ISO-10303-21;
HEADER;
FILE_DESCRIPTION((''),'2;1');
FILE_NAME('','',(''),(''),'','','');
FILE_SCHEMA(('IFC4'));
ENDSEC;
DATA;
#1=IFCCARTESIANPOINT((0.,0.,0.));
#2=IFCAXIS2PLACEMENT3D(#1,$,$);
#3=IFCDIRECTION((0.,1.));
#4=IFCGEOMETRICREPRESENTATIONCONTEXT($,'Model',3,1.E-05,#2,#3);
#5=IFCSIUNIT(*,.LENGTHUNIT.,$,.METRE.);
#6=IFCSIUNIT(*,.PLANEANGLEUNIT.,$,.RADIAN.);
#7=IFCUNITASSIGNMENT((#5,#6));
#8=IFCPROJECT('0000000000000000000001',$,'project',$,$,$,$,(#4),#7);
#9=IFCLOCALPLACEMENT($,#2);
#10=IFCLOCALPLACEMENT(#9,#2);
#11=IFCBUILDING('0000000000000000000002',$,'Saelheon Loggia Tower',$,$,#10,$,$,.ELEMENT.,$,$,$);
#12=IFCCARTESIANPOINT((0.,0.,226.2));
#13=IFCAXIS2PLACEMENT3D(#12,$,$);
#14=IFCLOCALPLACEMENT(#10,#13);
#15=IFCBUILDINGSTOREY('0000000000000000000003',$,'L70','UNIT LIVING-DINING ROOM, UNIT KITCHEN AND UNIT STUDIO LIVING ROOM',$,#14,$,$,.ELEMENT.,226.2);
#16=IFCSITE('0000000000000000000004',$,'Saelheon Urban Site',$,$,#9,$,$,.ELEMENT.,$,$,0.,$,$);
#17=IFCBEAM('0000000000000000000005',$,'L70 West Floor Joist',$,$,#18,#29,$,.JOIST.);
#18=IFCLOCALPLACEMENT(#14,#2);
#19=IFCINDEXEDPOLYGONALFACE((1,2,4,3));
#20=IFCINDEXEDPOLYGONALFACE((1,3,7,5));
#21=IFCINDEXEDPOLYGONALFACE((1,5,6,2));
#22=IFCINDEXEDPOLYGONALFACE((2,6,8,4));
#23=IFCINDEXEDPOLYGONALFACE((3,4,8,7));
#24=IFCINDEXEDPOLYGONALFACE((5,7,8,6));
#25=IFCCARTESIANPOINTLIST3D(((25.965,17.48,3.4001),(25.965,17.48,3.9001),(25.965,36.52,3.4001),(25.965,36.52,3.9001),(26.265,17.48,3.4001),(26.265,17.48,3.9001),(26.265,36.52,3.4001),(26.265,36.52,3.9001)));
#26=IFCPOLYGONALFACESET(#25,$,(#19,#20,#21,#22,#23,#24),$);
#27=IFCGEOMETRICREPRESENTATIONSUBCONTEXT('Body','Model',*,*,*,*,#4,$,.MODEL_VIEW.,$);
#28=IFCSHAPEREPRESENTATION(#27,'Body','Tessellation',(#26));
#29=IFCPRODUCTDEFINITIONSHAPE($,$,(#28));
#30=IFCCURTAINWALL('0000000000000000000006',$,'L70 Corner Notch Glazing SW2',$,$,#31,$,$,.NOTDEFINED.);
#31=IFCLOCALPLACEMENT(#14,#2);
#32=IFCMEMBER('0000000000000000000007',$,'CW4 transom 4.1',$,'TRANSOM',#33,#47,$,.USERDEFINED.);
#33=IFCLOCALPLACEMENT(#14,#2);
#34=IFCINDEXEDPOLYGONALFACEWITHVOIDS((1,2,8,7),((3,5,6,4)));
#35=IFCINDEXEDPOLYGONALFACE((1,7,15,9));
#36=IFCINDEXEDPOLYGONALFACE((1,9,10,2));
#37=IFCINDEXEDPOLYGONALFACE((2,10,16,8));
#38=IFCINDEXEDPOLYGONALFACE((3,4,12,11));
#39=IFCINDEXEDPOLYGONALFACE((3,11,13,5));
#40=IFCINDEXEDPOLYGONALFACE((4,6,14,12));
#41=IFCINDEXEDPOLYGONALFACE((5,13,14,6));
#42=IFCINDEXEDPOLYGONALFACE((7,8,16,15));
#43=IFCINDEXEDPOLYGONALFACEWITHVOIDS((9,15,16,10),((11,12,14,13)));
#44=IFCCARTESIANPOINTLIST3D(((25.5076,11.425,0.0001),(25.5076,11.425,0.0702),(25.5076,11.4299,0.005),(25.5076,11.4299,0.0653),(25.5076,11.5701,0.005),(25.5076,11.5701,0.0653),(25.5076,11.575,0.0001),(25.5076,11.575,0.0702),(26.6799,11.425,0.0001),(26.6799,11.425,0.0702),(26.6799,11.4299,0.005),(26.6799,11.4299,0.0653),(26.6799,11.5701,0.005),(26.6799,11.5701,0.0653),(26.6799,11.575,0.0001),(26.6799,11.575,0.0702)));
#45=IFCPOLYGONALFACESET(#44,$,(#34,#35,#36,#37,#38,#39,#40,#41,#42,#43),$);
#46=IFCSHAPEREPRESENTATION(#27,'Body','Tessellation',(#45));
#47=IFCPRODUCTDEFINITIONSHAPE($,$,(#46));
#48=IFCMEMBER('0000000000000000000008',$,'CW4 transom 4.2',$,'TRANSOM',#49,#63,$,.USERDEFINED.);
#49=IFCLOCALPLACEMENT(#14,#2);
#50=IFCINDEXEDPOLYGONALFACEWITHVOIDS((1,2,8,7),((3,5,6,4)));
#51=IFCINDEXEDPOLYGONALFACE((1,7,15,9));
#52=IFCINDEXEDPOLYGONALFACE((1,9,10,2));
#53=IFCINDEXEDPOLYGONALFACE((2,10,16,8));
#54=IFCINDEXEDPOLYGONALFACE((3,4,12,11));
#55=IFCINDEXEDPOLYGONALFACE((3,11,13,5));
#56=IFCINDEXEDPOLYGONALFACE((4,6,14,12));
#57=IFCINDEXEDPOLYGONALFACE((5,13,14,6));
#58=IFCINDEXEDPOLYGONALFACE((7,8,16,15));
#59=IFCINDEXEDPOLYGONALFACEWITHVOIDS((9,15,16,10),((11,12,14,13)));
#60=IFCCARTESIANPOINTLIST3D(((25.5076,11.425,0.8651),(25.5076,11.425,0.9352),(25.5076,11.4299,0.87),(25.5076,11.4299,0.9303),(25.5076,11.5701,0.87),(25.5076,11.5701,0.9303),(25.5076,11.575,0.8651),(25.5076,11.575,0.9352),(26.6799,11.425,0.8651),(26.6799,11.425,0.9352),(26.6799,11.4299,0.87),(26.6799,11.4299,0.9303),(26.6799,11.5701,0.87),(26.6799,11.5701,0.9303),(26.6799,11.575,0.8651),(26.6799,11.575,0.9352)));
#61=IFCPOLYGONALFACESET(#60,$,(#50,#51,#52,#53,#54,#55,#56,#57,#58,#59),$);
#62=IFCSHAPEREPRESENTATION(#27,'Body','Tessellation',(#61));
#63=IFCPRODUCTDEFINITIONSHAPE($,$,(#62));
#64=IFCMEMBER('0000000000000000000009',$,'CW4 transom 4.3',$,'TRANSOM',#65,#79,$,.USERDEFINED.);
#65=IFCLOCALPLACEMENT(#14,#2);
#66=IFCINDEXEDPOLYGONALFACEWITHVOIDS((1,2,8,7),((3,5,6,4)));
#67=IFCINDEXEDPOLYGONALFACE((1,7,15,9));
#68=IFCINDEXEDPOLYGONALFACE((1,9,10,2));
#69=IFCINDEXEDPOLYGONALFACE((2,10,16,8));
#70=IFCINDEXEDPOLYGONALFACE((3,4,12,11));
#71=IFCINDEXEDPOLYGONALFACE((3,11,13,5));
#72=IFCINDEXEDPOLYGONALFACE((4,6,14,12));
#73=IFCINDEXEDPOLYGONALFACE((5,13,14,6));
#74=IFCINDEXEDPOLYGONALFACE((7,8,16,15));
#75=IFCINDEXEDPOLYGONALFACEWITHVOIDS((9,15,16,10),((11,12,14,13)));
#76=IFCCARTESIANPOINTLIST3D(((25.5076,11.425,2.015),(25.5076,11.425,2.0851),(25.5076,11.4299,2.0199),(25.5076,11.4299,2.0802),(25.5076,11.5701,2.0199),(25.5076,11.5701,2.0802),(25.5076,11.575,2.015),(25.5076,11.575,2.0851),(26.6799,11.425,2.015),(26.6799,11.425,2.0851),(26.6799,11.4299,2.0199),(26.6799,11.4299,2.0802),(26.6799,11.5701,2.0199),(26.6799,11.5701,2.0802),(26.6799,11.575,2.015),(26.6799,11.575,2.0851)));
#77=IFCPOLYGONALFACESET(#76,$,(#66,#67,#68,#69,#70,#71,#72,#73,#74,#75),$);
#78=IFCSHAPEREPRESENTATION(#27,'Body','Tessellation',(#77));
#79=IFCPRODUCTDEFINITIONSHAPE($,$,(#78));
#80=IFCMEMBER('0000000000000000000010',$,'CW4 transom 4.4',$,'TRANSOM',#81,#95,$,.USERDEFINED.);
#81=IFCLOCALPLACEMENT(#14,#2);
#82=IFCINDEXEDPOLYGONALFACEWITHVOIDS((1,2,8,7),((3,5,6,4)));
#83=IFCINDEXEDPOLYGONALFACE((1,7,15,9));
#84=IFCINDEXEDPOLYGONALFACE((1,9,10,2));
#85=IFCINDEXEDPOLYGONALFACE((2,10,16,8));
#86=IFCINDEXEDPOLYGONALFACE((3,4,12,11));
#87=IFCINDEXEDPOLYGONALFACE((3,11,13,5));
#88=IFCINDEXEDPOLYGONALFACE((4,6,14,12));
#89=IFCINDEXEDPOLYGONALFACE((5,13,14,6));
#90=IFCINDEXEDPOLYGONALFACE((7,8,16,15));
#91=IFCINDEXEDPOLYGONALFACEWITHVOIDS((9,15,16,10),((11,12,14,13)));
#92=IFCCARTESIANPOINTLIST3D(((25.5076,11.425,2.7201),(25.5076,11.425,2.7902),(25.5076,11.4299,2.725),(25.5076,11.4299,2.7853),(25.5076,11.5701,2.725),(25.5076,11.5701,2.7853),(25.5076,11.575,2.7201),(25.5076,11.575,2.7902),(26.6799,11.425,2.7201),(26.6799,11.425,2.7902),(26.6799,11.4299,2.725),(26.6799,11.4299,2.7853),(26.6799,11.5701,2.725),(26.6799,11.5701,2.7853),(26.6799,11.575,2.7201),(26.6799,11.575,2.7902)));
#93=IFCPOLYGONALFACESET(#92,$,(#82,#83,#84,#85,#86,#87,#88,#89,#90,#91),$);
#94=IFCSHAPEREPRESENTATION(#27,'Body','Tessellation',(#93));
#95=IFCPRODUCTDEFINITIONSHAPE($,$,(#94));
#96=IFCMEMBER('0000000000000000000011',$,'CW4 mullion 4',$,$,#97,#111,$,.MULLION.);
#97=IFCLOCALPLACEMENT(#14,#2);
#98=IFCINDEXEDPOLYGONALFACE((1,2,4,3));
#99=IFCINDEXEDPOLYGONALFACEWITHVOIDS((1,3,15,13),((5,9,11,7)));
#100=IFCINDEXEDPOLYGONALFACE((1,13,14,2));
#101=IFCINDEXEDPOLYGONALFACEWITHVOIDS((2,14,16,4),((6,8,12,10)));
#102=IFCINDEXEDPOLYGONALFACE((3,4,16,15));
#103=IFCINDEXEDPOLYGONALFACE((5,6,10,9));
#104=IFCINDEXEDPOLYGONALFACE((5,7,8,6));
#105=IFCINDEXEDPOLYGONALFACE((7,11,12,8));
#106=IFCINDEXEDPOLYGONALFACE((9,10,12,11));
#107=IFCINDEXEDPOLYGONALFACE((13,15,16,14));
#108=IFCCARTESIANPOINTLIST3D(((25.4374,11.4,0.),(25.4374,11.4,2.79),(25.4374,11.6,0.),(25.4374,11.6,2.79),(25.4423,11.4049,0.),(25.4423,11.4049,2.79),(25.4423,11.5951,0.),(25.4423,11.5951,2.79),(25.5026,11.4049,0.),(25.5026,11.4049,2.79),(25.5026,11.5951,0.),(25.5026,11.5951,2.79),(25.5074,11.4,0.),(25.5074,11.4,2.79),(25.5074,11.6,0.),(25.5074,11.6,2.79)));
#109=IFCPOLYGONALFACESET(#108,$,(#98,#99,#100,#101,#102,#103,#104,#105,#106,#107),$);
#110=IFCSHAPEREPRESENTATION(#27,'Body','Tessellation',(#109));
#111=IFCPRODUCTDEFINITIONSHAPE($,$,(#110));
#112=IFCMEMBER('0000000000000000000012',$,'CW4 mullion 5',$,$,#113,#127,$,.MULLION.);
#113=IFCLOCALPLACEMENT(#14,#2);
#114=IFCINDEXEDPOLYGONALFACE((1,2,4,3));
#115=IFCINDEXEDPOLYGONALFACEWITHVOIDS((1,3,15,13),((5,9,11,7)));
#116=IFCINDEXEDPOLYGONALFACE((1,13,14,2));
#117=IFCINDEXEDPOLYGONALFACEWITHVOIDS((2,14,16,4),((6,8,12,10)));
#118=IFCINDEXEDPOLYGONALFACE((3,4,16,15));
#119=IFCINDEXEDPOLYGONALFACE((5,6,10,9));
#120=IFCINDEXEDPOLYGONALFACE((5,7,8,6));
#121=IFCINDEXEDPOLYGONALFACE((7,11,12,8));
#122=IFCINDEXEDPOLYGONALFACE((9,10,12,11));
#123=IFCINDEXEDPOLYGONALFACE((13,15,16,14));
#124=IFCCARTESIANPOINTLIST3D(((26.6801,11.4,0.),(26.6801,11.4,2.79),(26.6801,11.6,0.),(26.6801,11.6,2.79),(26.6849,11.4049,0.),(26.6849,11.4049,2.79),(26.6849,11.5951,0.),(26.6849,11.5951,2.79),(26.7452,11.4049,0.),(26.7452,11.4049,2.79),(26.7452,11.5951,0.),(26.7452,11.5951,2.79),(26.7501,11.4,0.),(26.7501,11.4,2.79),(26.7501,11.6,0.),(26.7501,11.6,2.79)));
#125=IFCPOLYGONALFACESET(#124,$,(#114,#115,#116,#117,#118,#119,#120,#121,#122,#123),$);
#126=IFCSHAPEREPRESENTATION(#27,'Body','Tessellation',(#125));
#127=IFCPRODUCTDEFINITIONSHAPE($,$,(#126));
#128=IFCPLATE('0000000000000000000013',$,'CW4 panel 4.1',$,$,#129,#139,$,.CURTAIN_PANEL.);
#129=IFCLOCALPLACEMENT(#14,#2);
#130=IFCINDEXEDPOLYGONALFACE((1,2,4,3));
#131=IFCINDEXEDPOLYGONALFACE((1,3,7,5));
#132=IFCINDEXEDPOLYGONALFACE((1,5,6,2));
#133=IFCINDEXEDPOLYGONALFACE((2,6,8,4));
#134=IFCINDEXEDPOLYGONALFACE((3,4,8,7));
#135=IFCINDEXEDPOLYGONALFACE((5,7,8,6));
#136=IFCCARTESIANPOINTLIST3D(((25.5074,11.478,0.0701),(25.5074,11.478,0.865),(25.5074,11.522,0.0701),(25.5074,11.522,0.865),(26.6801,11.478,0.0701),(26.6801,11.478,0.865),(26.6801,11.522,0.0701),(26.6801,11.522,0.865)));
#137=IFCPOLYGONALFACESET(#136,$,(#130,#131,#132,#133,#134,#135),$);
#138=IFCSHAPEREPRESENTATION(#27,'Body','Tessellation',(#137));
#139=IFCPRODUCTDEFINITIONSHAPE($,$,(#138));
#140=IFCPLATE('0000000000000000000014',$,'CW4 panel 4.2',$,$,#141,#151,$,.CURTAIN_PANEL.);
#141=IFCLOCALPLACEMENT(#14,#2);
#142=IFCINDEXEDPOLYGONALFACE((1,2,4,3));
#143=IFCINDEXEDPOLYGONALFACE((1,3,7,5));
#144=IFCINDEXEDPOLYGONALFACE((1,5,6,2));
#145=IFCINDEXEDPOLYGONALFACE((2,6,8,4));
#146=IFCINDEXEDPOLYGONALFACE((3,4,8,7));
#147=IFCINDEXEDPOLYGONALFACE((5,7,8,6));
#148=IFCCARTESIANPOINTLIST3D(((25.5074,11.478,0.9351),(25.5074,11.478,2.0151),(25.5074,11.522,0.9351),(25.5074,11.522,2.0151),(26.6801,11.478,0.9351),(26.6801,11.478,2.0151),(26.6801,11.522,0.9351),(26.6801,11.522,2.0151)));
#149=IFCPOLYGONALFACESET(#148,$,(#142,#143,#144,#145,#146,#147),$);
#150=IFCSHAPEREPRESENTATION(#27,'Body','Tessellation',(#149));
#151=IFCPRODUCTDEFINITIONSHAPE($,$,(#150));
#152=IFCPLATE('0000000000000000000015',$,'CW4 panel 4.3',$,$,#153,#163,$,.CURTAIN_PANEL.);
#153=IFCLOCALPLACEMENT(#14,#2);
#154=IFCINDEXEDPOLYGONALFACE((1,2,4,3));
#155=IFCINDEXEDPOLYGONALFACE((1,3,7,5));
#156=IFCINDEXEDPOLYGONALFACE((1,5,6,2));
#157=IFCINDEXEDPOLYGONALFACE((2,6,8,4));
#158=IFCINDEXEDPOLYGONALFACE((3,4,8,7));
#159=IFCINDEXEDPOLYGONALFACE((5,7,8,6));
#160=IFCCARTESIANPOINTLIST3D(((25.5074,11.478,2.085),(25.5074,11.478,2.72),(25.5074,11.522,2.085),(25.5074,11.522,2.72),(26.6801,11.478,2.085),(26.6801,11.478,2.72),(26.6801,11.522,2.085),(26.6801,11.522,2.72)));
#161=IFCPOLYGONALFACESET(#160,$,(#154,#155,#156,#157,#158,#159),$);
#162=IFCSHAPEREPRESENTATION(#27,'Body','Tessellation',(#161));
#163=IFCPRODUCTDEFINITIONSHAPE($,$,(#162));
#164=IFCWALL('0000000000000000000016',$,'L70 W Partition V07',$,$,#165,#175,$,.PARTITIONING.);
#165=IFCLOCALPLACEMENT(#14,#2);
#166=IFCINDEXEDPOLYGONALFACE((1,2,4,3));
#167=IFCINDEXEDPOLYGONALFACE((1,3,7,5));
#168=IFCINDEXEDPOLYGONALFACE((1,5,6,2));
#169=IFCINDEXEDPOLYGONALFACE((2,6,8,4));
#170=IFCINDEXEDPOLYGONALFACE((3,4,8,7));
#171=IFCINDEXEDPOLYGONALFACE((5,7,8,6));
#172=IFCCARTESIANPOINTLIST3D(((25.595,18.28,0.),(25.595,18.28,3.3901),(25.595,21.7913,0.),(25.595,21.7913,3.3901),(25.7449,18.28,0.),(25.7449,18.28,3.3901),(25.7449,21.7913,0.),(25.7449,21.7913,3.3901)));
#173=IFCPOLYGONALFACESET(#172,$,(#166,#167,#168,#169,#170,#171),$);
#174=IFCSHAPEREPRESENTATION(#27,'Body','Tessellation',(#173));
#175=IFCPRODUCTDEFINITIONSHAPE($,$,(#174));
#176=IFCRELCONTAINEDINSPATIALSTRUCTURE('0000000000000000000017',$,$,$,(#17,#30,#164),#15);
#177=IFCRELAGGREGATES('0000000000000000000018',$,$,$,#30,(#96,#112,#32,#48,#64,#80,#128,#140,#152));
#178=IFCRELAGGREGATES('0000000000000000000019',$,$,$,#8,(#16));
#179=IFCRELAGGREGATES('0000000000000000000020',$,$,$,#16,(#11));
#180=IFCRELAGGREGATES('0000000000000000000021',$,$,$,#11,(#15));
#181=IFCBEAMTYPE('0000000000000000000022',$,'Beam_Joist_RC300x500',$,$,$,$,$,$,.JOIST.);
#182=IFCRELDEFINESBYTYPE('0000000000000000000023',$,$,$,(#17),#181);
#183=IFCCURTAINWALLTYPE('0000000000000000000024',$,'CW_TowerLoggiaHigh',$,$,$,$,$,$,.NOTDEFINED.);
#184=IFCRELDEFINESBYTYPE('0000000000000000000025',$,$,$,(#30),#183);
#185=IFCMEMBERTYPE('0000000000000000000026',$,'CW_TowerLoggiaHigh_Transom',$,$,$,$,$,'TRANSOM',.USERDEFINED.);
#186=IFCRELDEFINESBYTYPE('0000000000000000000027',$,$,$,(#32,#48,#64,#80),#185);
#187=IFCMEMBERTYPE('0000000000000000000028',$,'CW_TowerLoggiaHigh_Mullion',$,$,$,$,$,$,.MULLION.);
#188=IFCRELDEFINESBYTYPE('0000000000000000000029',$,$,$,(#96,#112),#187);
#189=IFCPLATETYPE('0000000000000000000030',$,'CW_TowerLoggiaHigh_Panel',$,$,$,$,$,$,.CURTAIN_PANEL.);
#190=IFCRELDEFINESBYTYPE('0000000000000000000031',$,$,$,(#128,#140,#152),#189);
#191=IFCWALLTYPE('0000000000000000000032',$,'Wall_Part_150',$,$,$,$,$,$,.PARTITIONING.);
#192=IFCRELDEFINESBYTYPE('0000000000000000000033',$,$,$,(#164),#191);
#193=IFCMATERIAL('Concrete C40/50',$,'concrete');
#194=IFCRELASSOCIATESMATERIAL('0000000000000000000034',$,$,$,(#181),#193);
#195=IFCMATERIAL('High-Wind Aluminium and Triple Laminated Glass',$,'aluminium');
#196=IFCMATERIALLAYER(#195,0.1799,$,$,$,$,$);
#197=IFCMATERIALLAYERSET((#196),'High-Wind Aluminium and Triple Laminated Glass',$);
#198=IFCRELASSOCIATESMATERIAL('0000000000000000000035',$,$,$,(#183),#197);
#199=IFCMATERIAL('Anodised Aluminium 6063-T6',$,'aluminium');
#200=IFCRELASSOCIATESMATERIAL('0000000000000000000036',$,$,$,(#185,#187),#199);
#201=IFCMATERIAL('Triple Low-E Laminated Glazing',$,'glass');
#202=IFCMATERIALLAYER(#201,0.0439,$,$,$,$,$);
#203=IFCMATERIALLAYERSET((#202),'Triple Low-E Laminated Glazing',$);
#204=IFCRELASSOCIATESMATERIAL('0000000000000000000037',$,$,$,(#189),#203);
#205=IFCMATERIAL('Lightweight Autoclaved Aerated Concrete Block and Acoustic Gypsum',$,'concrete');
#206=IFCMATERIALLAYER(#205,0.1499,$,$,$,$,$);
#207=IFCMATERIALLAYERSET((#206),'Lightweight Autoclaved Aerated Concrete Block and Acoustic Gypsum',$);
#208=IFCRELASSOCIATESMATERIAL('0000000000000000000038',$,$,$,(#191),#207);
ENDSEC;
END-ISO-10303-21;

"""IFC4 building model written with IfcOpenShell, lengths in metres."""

from ifc_helpers import new_model, si_unit, direction, frame, frame_2d, origin, origin_2d, place, context, subcontext, project, spatial, rectangle, hollow_rectangle, extrude, source, transform, mapped, material, layer, layer_set, material_profile, profile_set, type_object, element, aggregate, save


model = new_model("IFC4")

# Units and contexts
model_context = context("Model", 3, precision=1e-05, world=origin(), true_north=direction((0.0, 1.0)))
body_context = subcontext(model_context, "Body", "Model", "MODEL_VIEW")
ifc_project = project(units=[si_unit("LENGTHUNIT", "METRE"), si_unit("PLANEANGLEUNIT", "RADIAN")], contexts=[model_context])

# Site, building, storey
site_placement = place(None, origin())
site = spatial("IfcSite", under=ifc_project, at=site_placement, Name="Saelheon Urban Site", CompositionType="ELEMENT", RefElevation=0.0)
building_placement = place(site_placement, origin())
building = spatial("IfcBuilding", under=site, at=building_placement, Name="Saelheon Loggia Tower", CompositionType="ELEMENT")
storey_placement = place(building_placement, frame((0.0, 0.0, 226.2)))
storey = spatial("IfcBuildingStorey", under=building, at=storey_placement, Name="L70", Description="UNIT LIVING-DINING ROOM, UNIT KITCHEN AND UNIT STUDIO LIVING ROOM", CompositionType="ELEMENT", Elevation=226.2)

# Beam
ifc_material_1 = material(Name="Concrete C40/50", Category="concrete")
ifc_material_profile_1 = material_profile(ifc_material_1, rectangle(XDim=0.3, YDim=0.5, at=origin_2d()), Name="RC-300x500")
ifc_profile_set_1 = profile_set([ifc_material_profile_1], Name="Concrete C40/50")
beam_type = type_object("IfcBeamType", Name="Beam_Joist_RC300x500", PredefinedType="JOIST", material=ifc_profile_set_1)
shared_shape_1 = source(origin(), body_context, "Body", "SweptSolid", [
    extrude(rectangle(XDim=0.3, YDim=0.5, at=origin_2d()), origin(), (0.0, 0.0, 1.0), 19.04),
])
beam_placement = place(storey_placement, frame((26.115, 17.48, 3.6501), z_axis=(0.0, 1.0, 0.0), x_axis=(-1.0, 0.0, 0.0)))
element("IfcBeam", 1, at=beam_placement, inside=storey, type_object=beam_type, Name="L70 West Floor Joist", PredefinedType="JOIST", context=body_context, shape_type="MappedRepresentation", body=[
    mapped(shared_shape_1, transform((0.0, 0.0, 0.0), scale=1.0)),
])

# Curtain wall, members, plates
ifc_material_2 = material(Name="High-Wind Aluminium and Triple Laminated Glass", Category="aluminium")
ifc_layer_1 = layer(ifc_material_2, 0.1799)
ifc_layer_set_1 = layer_set([ifc_layer_1], Name="High-Wind Aluminium and Triple Laminated Glass")
curtain_wall_type = type_object("IfcCurtainWallType", Name="CW_TowerLoggiaHigh", PredefinedType="NOTDEFINED", material=ifc_layer_set_1)
curtain_wall_placement = place(storey_placement, origin())
curtain_wall = element("IfcCurtainWall", 2, at=curtain_wall_placement, inside=storey, type_object=curtain_wall_type, Name="L70 Corner Notch Glazing SW2", PredefinedType="NOTDEFINED")
ifc_material_3 = material(Name="Anodised Aluminium 6063-T6", Category="aluminium")
ifc_material_profile_2 = material_profile(ifc_material_3, hollow_rectangle(XDim=0.0701, YDim=0.1499, WallThickness=0.0049, at=origin_2d()), Name="RHS-150x70x5")
ifc_profile_set_2 = profile_set([ifc_material_profile_2], Name="Anodised Aluminium 6063-T6")
member_type_1 = type_object("IfcMemberType", Name="CW_TowerLoggiaHigh_Transom", ElementType="TRANSOM", PredefinedType="USERDEFINED", material=ifc_profile_set_2)
shared_shape_2 = source(origin(), body_context, "Body", "SweptSolid", [
    extrude(hollow_rectangle(XDim=0.0701, YDim=0.1499, WallThickness=0.0049, at=origin_2d()), origin(), (0.0, 0.0, 1.0), 1.1724),
])
member_1_placement = place(storey_placement, frame((25.5076, 11.5, 0.0352), z_axis=(1.0, 0.0, 0.0), x_axis=(0.0, 0.0, 1.0)))
member_1 = element("IfcMember", 3, at=member_1_placement, type_object=member_type_1, Name="CW4 transom 4.1", ObjectType="TRANSOM", PredefinedType="USERDEFINED", context=body_context, shape_type="MappedRepresentation", body=[
    mapped(shared_shape_2, transform((0.0, 0.0, 0.0), scale=1.0)),
])
member_2_placement = place(storey_placement, frame((25.5076, 11.5, 0.9001), z_axis=(1.0, 0.0, 0.0), x_axis=(0.0, 0.0, 1.0)))
member_2 = element("IfcMember", 4, at=member_2_placement, type_object=member_type_1, Name="CW4 transom 4.2", ObjectType="TRANSOM", PredefinedType="USERDEFINED", context=body_context, shape_type="MappedRepresentation", body=[
    mapped(shared_shape_2, transform((0.0, 0.0, 0.0), scale=1.0)),
])
member_3_placement = place(storey_placement, frame((25.5076, 11.5, 2.05), z_axis=(1.0, 0.0, 0.0), x_axis=(0.0, 0.0, 1.0)))
member_3 = element("IfcMember", 5, at=member_3_placement, type_object=member_type_1, Name="CW4 transom 4.3", ObjectType="TRANSOM", PredefinedType="USERDEFINED", context=body_context, shape_type="MappedRepresentation", body=[
    mapped(shared_shape_2, transform((0.0, 0.0, 0.0), scale=1.0)),
])
member_4_placement = place(storey_placement, frame((25.5076, 11.5, 2.7551), z_axis=(1.0, 0.0, 0.0), x_axis=(0.0, 0.0, 1.0)))
member_4 = element("IfcMember", 6, at=member_4_placement, type_object=member_type_1, Name="CW4 transom 4.4", ObjectType="TRANSOM", PredefinedType="USERDEFINED", context=body_context, shape_type="MappedRepresentation", body=[
    mapped(shared_shape_2, transform((0.0, 0.0, 0.0), scale=1.0)),
])
ifc_material_profile_3 = material_profile(ifc_material_3, hollow_rectangle(XDim=0.0701, YDim=0.2, WallThickness=0.0049, at=origin_2d()), Name="RHS-200x70x5")
ifc_profile_set_3 = profile_set([ifc_material_profile_3], Name="Anodised Aluminium 6063-T6")
member_type_2 = type_object("IfcMemberType", Name="CW_TowerLoggiaHigh_Mullion", PredefinedType="MULLION", material=ifc_profile_set_3)
shared_shape_3 = source(origin(), body_context, "Body", "SweptSolid", [
    extrude(hollow_rectangle(XDim=0.0701, YDim=0.2, WallThickness=0.0049, at=origin_2d()), origin(), (0.0, 0.0, 1.0), 2.79),
])
member_5_placement = place(storey_placement, frame((25.4724, 11.5, 0.0), z_axis=(0.0, 0.0, 1.0), x_axis=(1.0, 0.0, 0.0)))
member_5 = element("IfcMember", 7, at=member_5_placement, type_object=member_type_2, Name="CW4 mullion 4", PredefinedType="MULLION", context=body_context, shape_type="MappedRepresentation", body=[
    mapped(shared_shape_3, transform((0.0, 0.0, 0.0), scale=1.0)),
])
member_6_placement = place(storey_placement, frame((26.7151, 11.5, 0.0), z_axis=(0.0, 0.0, 1.0), x_axis=(1.0, 0.0, 0.0)))
member_6 = element("IfcMember", 8, at=member_6_placement, type_object=member_type_2, Name="CW4 mullion 5", PredefinedType="MULLION", context=body_context, shape_type="MappedRepresentation", body=[
    mapped(shared_shape_3, transform((0.0, 0.0, 0.0), scale=1.0)),
])
ifc_material_4 = material(Name="Triple Low-E Laminated Glazing", Category="glass")
ifc_layer_2 = layer(ifc_material_4, 0.0439)
ifc_layer_set_2 = layer_set([ifc_layer_2], Name="Triple Low-E Laminated Glazing")
plate_type = type_object("IfcPlateType", Name="CW_TowerLoggiaHigh_Panel", PredefinedType="CURTAIN_PANEL", material=ifc_layer_set_2)
shared_shape_4 = source(origin(), body_context, "Body", "SweptSolid", [
    extrude(rectangle(XDim=1.1726, YDim=0.0439, at=origin_2d()), origin(), (0.0, 0.0, 1.0), 0.7949),
])
plate_1_placement = place(storey_placement, frame((26.0938, 11.5, 0.0701), z_axis=(0.0, 0.0, 1.0), x_axis=(1.0, 0.0, 0.0)))
plate_1 = element("IfcPlate", 9, at=plate_1_placement, type_object=plate_type, Name="CW4 panel 4.1", PredefinedType="CURTAIN_PANEL", context=body_context, shape_type="MappedRepresentation", body=[
    mapped(shared_shape_4, transform((0.0, 0.0, 0.0), scale=1.0)),
])
shared_shape_5 = source(origin(), body_context, "Body", "SweptSolid", [
    extrude(rectangle(XDim=1.1726, YDim=0.0439, at=origin_2d()), origin(), (0.0, 0.0, 1.0), 1.0801),
])
plate_2_placement = place(storey_placement, frame((26.0938, 11.5, 0.9351), z_axis=(0.0, 0.0, 1.0), x_axis=(1.0, 0.0, 0.0)))
plate_2 = element("IfcPlate", 10, at=plate_2_placement, type_object=plate_type, Name="CW4 panel 4.2", PredefinedType="CURTAIN_PANEL", context=body_context, shape_type="MappedRepresentation", body=[
    mapped(shared_shape_5, transform((0.0, 0.0, 0.0), scale=1.0)),
])
shared_shape_6 = source(origin(), body_context, "Body", "SweptSolid", [
    extrude(rectangle(XDim=1.1726, YDim=0.0439, at=origin_2d()), origin(), (0.0, 0.0, 1.0), 0.635),
])
plate_3_placement = place(storey_placement, frame((26.0938, 11.5, 2.085), z_axis=(0.0, 0.0, 1.0), x_axis=(1.0, 0.0, 0.0)))
plate_3 = element("IfcPlate", 11, at=plate_3_placement, type_object=plate_type, Name="CW4 panel 4.3", PredefinedType="CURTAIN_PANEL", context=body_context, shape_type="MappedRepresentation", body=[
    mapped(shared_shape_6, transform((0.0, 0.0, 0.0), scale=1.0)),
])
aggregate(curtain_wall, [member_5, member_6, member_1, member_2, member_3, member_4, plate_1, plate_2, plate_3])

# Wall
ifc_material_5 = material(Name="Lightweight Autoclaved Aerated Concrete Block and Acoustic Gypsum", Category="concrete")
ifc_layer_3 = layer(ifc_material_5, 0.1499)
ifc_layer_set_3 = layer_set([ifc_layer_3], Name="Lightweight Autoclaved Aerated Concrete Block and Acoustic Gypsum")
wall_type_1 = type_object("IfcWallType", Name="Wall_Part_150", PredefinedType="PARTITIONING", material=ifc_layer_set_3)
wall_1_placement = place(storey_placement, frame((25.6699, 18.28, 0.0), z_axis=(0.0, 0.0, 1.0), x_axis=(0.0, 1.0, 0.0)))
element("IfcWall", 12, at=wall_1_placement, inside=storey, type_object=wall_type_1, Name="L70 W Partition V07", PredefinedType="PARTITIONING", context=body_context, shape_type="SweptSolid", body=[
    extrude(rectangle(XDim=3.5112, YDim=0.1499, at=frame_2d((1.7556, 0.0))), origin(), (0.0, 0.0, 1.0), 3.3901),
])

save(model, "model.ifc")
